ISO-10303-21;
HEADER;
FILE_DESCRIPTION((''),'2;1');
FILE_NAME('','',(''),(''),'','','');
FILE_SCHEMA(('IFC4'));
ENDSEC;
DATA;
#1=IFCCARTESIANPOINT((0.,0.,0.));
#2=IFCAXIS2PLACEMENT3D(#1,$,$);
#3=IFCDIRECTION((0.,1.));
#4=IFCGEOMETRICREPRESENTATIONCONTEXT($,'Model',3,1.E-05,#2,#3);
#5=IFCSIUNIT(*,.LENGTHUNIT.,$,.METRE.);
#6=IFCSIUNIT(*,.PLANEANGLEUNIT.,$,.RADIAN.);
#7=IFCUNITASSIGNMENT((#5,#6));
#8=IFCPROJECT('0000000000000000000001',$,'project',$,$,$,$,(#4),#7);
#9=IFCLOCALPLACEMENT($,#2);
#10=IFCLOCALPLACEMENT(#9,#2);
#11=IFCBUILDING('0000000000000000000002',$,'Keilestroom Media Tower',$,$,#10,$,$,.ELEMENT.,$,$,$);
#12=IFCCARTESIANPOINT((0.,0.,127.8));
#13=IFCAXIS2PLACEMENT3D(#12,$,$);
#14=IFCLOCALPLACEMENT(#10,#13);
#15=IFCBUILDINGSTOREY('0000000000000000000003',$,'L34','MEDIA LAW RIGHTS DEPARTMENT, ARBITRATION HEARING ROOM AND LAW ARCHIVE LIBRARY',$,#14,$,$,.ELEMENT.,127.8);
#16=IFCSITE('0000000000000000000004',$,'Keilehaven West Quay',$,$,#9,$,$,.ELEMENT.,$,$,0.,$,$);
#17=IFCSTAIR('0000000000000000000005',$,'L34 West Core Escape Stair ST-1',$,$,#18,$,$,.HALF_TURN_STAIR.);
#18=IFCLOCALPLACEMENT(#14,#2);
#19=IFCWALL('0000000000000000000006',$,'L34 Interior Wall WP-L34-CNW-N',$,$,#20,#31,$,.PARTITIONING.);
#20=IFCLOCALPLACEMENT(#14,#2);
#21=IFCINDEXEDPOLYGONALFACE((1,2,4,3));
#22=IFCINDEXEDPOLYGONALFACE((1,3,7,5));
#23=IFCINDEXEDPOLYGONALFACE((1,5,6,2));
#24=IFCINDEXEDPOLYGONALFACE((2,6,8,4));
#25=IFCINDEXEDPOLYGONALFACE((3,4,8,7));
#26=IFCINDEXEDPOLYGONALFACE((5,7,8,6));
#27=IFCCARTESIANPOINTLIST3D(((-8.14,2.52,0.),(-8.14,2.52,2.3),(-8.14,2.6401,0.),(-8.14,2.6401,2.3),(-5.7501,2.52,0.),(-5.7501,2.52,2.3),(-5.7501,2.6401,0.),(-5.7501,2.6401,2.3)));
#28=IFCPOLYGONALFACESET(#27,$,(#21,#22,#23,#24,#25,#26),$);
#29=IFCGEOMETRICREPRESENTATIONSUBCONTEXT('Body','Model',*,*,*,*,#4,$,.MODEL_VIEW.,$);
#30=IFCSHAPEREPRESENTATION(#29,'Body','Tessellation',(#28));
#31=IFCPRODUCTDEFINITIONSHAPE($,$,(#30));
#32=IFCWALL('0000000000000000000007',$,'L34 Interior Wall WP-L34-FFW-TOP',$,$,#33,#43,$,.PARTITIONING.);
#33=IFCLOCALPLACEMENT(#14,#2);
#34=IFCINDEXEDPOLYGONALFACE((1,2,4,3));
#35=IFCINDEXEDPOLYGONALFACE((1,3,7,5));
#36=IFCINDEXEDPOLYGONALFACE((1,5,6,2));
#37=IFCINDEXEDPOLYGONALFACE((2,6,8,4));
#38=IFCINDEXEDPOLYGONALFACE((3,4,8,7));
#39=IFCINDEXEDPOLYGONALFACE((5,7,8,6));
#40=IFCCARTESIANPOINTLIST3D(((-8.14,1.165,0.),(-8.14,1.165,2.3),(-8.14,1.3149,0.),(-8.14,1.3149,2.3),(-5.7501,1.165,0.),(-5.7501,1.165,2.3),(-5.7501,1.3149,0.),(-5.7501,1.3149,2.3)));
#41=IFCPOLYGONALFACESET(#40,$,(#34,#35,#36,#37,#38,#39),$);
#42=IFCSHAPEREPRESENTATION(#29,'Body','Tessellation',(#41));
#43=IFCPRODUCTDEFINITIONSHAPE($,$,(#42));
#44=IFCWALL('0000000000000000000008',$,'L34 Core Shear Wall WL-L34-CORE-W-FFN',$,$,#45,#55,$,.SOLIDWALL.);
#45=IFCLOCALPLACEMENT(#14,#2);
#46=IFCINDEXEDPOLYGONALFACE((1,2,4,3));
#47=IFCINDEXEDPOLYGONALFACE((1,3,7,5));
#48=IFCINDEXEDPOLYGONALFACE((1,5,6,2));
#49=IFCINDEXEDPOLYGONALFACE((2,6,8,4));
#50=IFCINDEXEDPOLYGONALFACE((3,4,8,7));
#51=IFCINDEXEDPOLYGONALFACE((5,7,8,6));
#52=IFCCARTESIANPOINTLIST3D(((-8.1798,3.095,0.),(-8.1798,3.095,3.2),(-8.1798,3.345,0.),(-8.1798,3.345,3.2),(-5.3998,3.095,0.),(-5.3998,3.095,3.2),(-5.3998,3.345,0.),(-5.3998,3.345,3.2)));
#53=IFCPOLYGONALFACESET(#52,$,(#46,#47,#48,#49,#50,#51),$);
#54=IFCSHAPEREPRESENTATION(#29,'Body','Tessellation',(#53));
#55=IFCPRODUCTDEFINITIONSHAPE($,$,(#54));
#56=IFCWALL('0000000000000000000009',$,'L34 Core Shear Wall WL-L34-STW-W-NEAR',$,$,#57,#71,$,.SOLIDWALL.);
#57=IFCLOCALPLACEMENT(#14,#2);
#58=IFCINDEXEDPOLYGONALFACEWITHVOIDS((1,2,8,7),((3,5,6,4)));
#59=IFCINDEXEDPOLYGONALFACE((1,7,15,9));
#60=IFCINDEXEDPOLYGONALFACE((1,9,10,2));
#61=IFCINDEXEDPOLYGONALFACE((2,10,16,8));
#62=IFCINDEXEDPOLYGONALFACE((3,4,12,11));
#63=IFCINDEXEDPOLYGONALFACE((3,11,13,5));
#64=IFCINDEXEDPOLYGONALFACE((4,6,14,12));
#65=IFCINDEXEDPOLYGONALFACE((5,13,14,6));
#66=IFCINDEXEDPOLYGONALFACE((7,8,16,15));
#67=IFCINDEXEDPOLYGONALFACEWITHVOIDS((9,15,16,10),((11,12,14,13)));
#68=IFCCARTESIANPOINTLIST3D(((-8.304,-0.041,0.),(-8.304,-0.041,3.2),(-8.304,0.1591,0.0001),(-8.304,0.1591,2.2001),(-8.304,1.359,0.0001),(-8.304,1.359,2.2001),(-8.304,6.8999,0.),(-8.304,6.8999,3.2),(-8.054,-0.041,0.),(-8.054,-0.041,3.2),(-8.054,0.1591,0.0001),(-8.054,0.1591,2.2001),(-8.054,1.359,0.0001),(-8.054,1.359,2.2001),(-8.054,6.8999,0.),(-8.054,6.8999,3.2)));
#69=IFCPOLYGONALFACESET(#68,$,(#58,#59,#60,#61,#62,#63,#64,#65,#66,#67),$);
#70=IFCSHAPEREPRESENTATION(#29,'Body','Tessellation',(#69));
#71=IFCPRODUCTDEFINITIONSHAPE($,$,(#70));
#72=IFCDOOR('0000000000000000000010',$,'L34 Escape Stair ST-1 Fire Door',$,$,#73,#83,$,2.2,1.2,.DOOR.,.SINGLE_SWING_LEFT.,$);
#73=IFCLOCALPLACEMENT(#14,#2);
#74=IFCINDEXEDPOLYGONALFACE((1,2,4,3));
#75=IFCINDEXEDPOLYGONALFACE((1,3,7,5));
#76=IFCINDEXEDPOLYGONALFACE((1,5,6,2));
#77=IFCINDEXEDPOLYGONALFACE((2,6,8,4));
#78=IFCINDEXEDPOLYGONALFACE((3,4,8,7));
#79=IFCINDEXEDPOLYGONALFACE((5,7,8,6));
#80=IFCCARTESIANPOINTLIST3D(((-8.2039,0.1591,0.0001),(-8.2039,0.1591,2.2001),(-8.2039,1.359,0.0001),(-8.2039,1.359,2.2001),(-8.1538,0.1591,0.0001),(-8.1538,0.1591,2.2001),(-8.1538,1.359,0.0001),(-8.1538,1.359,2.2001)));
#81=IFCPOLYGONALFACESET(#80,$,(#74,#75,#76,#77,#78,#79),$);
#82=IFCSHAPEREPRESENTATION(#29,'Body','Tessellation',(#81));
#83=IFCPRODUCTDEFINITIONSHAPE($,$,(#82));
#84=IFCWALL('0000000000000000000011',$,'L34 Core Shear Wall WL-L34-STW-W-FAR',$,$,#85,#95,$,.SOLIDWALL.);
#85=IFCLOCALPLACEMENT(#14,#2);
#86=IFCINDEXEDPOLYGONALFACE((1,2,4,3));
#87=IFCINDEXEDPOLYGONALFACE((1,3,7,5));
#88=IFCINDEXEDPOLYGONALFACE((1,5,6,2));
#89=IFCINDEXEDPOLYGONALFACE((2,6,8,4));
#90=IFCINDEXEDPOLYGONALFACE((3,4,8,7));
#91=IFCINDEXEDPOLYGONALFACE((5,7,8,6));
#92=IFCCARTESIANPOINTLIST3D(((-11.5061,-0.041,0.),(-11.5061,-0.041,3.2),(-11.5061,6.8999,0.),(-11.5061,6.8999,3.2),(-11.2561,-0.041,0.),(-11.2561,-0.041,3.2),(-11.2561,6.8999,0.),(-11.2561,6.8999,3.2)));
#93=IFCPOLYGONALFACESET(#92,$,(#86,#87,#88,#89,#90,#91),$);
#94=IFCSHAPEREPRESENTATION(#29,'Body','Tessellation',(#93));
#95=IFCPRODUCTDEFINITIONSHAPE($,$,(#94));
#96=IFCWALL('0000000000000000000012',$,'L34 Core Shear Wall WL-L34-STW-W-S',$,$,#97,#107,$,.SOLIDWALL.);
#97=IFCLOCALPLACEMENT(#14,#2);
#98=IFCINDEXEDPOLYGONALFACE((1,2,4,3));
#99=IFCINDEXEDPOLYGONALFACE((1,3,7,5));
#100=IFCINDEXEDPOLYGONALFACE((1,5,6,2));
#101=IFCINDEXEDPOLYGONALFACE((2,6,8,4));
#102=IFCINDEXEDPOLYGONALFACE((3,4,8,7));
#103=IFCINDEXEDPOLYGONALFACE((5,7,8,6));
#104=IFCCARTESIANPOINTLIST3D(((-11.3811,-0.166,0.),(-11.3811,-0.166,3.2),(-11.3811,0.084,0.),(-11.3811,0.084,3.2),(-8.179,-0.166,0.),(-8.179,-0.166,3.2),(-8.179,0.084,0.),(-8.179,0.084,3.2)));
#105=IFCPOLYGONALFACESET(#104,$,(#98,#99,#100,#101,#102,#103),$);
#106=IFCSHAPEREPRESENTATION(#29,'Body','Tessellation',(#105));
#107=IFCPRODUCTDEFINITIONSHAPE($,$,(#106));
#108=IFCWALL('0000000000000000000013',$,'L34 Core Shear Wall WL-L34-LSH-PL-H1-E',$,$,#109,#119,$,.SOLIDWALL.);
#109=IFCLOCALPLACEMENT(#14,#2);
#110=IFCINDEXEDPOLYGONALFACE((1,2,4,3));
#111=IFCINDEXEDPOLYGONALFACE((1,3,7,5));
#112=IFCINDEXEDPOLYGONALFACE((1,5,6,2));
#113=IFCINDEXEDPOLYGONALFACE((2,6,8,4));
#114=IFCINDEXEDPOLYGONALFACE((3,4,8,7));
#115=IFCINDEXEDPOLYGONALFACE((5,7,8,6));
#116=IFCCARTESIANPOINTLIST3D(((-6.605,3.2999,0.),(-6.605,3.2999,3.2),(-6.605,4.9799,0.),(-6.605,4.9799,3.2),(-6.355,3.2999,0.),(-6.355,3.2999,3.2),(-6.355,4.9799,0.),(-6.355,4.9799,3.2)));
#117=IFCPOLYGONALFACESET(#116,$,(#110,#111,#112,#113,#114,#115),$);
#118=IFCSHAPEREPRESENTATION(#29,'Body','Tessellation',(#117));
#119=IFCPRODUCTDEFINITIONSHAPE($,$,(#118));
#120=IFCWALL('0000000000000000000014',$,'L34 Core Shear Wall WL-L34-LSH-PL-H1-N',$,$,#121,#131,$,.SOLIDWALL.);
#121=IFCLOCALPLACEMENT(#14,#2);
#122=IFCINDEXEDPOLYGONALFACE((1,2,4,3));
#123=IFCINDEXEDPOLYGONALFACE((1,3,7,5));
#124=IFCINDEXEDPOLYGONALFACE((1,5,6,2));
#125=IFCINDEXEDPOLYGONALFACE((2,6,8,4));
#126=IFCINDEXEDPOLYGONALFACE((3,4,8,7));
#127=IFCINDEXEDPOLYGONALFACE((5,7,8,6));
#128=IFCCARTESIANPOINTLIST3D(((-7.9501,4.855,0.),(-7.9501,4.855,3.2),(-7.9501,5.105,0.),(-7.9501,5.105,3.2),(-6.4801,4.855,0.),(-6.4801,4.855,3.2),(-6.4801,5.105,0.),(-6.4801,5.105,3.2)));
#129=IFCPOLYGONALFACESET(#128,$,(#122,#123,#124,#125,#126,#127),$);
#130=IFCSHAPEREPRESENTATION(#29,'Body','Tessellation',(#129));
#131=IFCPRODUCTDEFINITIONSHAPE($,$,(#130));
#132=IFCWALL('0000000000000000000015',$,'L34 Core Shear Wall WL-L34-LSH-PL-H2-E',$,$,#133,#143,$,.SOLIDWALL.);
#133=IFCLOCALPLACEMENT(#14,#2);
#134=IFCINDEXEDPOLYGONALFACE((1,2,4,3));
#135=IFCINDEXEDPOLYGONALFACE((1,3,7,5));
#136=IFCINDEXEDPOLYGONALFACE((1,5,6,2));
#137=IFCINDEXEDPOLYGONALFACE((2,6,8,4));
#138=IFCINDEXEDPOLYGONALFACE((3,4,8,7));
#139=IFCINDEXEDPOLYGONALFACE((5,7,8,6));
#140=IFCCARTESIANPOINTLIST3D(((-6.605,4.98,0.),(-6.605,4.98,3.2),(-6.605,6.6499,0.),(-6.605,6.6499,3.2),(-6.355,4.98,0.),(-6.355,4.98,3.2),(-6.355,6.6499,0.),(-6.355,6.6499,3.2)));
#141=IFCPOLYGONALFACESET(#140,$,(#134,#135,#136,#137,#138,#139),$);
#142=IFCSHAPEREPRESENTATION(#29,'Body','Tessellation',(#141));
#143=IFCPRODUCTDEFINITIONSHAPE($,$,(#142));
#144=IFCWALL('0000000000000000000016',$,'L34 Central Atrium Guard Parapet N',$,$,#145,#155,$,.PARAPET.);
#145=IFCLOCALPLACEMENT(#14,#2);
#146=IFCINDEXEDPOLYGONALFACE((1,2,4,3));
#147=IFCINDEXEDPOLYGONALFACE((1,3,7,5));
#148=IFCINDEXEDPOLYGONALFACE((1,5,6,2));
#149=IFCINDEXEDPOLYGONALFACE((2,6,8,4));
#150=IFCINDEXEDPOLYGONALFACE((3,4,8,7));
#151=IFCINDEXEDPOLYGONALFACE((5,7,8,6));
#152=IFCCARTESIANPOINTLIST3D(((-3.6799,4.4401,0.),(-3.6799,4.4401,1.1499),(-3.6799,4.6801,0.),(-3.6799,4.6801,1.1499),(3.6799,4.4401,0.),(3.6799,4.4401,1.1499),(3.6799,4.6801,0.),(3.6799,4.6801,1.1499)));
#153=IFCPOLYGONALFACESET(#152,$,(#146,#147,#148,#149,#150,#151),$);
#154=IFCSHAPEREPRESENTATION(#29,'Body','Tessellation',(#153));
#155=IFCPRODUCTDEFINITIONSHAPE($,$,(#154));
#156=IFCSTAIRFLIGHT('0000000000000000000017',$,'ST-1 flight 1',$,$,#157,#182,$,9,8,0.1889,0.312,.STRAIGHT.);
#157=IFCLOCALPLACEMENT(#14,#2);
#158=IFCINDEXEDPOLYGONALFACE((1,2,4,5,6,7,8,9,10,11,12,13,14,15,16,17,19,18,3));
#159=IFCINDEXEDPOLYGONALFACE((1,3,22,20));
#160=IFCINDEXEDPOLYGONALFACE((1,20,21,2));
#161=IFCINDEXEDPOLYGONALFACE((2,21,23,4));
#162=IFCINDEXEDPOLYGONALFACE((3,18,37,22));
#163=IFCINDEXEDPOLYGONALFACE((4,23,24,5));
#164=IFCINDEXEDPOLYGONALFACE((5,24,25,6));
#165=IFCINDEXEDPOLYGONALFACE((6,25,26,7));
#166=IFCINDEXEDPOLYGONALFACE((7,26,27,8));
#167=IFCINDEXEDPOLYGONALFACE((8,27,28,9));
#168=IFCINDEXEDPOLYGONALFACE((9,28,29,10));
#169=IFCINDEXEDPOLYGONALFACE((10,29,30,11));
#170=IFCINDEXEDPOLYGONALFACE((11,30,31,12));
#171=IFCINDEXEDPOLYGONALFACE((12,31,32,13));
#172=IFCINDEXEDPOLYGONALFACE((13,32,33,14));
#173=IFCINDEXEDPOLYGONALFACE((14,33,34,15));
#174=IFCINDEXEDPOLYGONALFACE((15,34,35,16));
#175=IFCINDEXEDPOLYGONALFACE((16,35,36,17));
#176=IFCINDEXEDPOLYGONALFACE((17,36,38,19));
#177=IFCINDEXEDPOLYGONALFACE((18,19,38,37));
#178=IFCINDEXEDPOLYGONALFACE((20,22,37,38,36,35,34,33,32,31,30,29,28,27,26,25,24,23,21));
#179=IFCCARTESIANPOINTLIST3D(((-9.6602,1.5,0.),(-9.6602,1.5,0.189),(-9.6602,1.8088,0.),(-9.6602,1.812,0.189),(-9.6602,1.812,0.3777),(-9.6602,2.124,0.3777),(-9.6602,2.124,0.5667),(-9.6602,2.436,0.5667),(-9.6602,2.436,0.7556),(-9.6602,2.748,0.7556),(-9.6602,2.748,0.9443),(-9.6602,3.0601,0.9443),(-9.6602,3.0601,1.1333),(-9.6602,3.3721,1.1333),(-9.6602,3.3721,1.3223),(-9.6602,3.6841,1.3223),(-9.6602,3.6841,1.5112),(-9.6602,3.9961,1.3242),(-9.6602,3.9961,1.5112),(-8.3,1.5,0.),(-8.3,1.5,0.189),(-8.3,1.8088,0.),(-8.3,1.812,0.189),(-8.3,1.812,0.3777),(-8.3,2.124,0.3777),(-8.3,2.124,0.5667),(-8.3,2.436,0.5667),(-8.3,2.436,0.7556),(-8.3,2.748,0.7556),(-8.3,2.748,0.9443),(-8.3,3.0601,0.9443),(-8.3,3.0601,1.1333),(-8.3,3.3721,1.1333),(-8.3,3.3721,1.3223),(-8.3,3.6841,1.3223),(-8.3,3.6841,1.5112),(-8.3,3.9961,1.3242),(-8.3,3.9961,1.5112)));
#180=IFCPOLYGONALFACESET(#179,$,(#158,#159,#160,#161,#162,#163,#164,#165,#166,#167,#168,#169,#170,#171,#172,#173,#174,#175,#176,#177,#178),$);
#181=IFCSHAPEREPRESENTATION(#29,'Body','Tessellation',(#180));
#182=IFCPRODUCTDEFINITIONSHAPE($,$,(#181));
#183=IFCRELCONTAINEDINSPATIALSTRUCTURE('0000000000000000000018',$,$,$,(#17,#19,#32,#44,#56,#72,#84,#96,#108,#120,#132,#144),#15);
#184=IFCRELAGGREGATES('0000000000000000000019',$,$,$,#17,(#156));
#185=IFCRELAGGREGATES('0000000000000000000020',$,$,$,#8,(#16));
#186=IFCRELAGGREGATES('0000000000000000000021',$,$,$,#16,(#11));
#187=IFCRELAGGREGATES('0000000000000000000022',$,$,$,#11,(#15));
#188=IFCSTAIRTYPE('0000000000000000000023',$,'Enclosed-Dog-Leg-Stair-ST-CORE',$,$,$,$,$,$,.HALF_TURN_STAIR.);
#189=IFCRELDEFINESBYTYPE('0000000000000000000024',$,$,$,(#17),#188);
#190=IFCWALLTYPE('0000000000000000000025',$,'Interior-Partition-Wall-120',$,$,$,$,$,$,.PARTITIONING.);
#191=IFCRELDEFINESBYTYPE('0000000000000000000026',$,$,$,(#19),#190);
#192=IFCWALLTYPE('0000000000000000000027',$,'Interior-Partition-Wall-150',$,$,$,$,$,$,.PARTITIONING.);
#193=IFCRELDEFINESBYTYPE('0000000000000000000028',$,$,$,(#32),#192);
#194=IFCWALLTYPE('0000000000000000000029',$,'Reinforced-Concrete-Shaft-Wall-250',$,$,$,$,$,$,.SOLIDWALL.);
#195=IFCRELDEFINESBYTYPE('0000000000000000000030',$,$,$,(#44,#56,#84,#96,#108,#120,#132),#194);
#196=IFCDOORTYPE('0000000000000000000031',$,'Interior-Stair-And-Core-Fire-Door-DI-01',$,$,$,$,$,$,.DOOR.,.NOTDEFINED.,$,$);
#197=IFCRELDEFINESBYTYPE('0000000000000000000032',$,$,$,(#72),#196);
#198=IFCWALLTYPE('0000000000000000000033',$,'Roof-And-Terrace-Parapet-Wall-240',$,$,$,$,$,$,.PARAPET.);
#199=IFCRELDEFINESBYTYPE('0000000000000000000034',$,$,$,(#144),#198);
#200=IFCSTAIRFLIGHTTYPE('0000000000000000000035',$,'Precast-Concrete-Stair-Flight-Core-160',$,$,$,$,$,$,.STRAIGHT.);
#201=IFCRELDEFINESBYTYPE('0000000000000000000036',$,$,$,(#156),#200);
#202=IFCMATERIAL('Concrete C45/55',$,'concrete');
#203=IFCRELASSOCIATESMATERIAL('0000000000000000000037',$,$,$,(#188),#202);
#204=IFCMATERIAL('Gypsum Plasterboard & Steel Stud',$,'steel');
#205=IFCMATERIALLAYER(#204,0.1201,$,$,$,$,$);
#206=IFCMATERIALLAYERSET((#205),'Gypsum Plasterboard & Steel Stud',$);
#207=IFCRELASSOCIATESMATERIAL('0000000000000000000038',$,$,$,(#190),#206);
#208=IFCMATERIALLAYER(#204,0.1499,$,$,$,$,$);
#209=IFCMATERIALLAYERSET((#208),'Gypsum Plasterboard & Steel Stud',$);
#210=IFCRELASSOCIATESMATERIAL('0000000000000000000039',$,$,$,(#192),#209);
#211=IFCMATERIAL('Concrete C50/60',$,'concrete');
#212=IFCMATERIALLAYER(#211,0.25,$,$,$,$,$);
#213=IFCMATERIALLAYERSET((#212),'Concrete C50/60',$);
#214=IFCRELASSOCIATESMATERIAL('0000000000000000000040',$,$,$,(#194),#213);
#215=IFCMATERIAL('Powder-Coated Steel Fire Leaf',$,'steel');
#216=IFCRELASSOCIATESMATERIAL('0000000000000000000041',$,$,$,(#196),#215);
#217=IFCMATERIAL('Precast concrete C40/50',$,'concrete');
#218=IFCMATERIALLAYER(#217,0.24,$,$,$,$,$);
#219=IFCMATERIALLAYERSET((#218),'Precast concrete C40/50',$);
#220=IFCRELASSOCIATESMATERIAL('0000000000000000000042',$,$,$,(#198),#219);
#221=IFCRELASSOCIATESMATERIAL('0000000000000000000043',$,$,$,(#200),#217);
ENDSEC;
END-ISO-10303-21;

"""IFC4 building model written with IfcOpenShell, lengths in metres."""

from ifc_helpers import new_model, si_unit, direction, frame, frame_2d, origin, place, context, subcontext, project, spatial, polyline, rectangle, outline, extrude, source, transform, mapped, material, layer, layer_set, type_object, element, fill, aggregate, save


model = new_model("IFC4")

# Units and contexts
model_context = context("Model", 3, precision=1e-05, world=origin(), true_north=direction((0.0, 1.0)))
body_context = subcontext(model_context, "Body", "Model", "MODEL_VIEW")
ifc_project = project(units=[si_unit("LENGTHUNIT", "METRE"), si_unit("PLANEANGLEUNIT", "RADIAN")], contexts=[model_context])

# Site, building, storey
site_placement = place(None, origin())
site = spatial("IfcSite", under=ifc_project, at=site_placement, Name="Keilehaven West Quay", CompositionType="ELEMENT", RefElevation=0.0)
building_placement = place(site_placement, origin())
building = spatial("IfcBuilding", under=site, at=building_placement, Name="Keilestroom Media Tower", CompositionType="ELEMENT")
storey_placement = place(building_placement, frame((0.0, 0.0, 127.8)))
storey = spatial("IfcBuildingStorey", under=building, at=storey_placement, Name="L34", Description="MEDIA LAW RIGHTS DEPARTMENT, ARBITRATION HEARING ROOM AND LAW ARCHIVE LIBRARY", CompositionType="ELEMENT", Elevation=127.8)

# Shared definitions
ifc_material_1 = material(Name="Concrete C50/60", Category="concrete")

# Stair
ifc_material_2 = material(Name="Concrete C45/55", Category="concrete")
stair_type = type_object("IfcStairType", Name="Enclosed-Dog-Leg-Stair-ST-CORE", PredefinedType="HALF_TURN_STAIR", material=ifc_material_2)
stair_1_placement = place(storey_placement, origin())
stair_1 = element("IfcStair", 1, at=stair_1_placement, inside=storey, type_object=stair_type, Name="L34 West Core Escape Stair ST-1", PredefinedType="HALF_TURN_STAIR")

# Walls
ifc_material_3 = material(Name="Gypsum Plasterboard & Steel Stud", Category="steel")
ifc_layer_1 = layer(ifc_material_3, 0.1201)
ifc_layer_set_1 = layer_set([ifc_layer_1], Name="Gypsum Plasterboard & Steel Stud")
wall_type_1 = type_object("IfcWallType", Name="Interior-Partition-Wall-120", PredefinedType="PARTITIONING", material=ifc_layer_set_1)
wall_1_placement = place(storey_placement, frame((-8.1399, 2.5801, 0.0), z_axis=(0.0, 0.0, 1.0), x_axis=(1.0, 0.0, 0.0)))
element("IfcWall", 2, at=wall_1_placement, inside=storey, type_object=wall_type_1, Name="L34 Interior Wall WP-L34-CNW-N", PredefinedType="PARTITIONING", context=body_context, shape_type="SweptSolid", body=[
    extrude(rectangle(XDim=2.3899, YDim=0.1201, at=frame_2d((1.1948, 0.0))), origin(), (0.0, 0.0, 1.0), 2.3),
])
ifc_layer_2 = layer(ifc_material_3, 0.1499)
ifc_layer_set_2 = layer_set([ifc_layer_2], Name="Gypsum Plasterboard & Steel Stud")
wall_type_2 = type_object("IfcWallType", Name="Interior-Partition-Wall-150", PredefinedType="PARTITIONING", material=ifc_layer_set_2)
wall_2_placement = place(storey_placement, frame((-8.1399, 1.24, 0.0), z_axis=(0.0, 0.0, 1.0), x_axis=(1.0, 0.0, 0.0)))
element("IfcWall", 3, at=wall_2_placement, inside=storey, type_object=wall_type_2, Name="L34 Interior Wall WP-L34-FFW-TOP", PredefinedType="PARTITIONING", context=body_context, shape_type="SweptSolid", body=[
    extrude(rectangle(XDim=2.3899, YDim=0.1499, at=frame_2d((1.1948, 0.0))), origin(), (0.0, 0.0, 1.0), 2.3),
])
ifc_layer_3 = layer(ifc_material_1, 0.25)
ifc_layer_set_3 = layer_set([ifc_layer_3], Name="Concrete C50/60")
wall_type_3 = type_object("IfcWallType", Name="Reinforced-Concrete-Shaft-Wall-250", PredefinedType="SOLIDWALL", material=ifc_layer_set_3)
wall_3_placement = place(storey_placement, frame((-8.1799, 3.22, 0.0), z_axis=(0.0, 0.0, 1.0), x_axis=(1.0, 0.0, 0.0)))
element("IfcWall", 4, at=wall_3_placement, inside=storey, type_object=wall_type_3, Name="L34 Core Shear Wall WL-L34-CORE-W-FFN", PredefinedType="SOLIDWALL", context=body_context, shape_type="SweptSolid", body=[
    extrude(rectangle(XDim=2.78, YDim=0.25, at=frame_2d((1.3901, 0.0))), origin(), (0.0, 0.0, 1.0), 3.2),
])

# Wall, opening, door
wall_4_placement = place(storey_placement, frame((-8.179, -0.041, 0.0), z_axis=(0.0, 0.0, 1.0), x_axis=(0.0, 1.0, 0.0)))
wall_4 = element("IfcWall", 5, at=wall_4_placement, inside=storey, type_object=wall_type_3, Name="L34 Core Shear Wall WL-L34-STW-W-NEAR", PredefinedType="SOLIDWALL", context=body_context, shape_type="SweptSolid", body=[
    extrude(rectangle(XDim=6.9409, YDim=0.25, at=frame_2d((3.4705, 0.0))), origin(), (0.0, 0.0, 1.0), 3.2),
])
opening_placement = place(wall_4_placement, frame((0.2, 0.0, 0.0)))
opening = element("IfcOpeningElement", 6, at=opening_placement, cuts=wall_4, PredefinedType="OPENING", context=body_context, shape_type="SweptSolid", body=[
    extrude(rectangle(XDim=1.2, YDim=2.2, at=frame_2d((0.6001, 1.1001))), frame((0.0, 0.135, 0.0), z_axis=(0.0, -1.0, 0.0), x_axis=(1.0, 0.0, 0.0)), (0.0, 0.0, 1.0), 0.27),
])
ifc_material_4 = material(Name="Powder-Coated Steel Fire Leaf", Category="steel")
door_type = type_object("IfcDoorType", Name="Interior-Stair-And-Core-Fire-Door-DI-01", OperationType="NOTDEFINED", PredefinedType="DOOR", material=ifc_material_4)
shared_shape_1 = source(origin(), body_context, "Body", "SweptSolid", [
    extrude(rectangle(XDim=1.2, YDim=2.2, at=frame_2d((0.6001, 1.1001))), frame((0.0, 0.0249, 0.0), z_axis=(0.0, -1.0, 0.0), x_axis=(1.0, 0.0, 0.0)), (0.0, 0.0, 1.0), 0.05),
])
door_placement = place(opening_placement, origin())
door = element("IfcDoor", 7, at=door_placement, inside=storey, type_object=door_type, Name="L34 Escape Stair ST-1 Fire Door", OperationType="SINGLE_SWING_LEFT", OverallHeight=2.2, OverallWidth=1.2, PredefinedType="DOOR", context=body_context, shape_type="MappedRepresentation", body=[
    mapped(shared_shape_1, transform((0.0, 0.0, 0.0), x_axis=(1.0, 0.0, 0.0), y_axis=(0.0, 1.0, 0.0), z_axis=(0.0, 0.0, 1.0), scale=1.0)),
])
fill(opening, door)

# Walls
wall_5_placement = place(storey_placement, frame((-11.3811, -0.041, 0.0), z_axis=(0.0, 0.0, 1.0), x_axis=(0.0, 1.0, 0.0)))
element("IfcWall", 8, at=wall_5_placement, inside=storey, type_object=wall_type_3, Name="L34 Core Shear Wall WL-L34-STW-W-FAR", PredefinedType="SOLIDWALL", context=body_context, shape_type="SweptSolid", body=[
    extrude(rectangle(XDim=6.9409, YDim=0.25, at=frame_2d((3.4705, 0.0))), origin(), (0.0, 0.0, 1.0), 3.2),
])
wall_6_placement = place(storey_placement, frame((-11.3811, -0.041, 0.0), z_axis=(0.0, 0.0, 1.0), x_axis=(1.0, 0.0, 0.0)))
element("IfcWall", 9, at=wall_6_placement, inside=storey, type_object=wall_type_3, Name="L34 Core Shear Wall WL-L34-STW-W-S", PredefinedType="SOLIDWALL", context=body_context, shape_type="SweptSolid", body=[
    extrude(rectangle(XDim=3.2021, YDim=0.25, at=frame_2d((1.6011, 0.0))), origin(), (0.0, 0.0, 1.0), 3.2),
])
wall_7_placement = place(storey_placement, frame((-6.48, 3.3, 0.0), z_axis=(0.0, 0.0, 1.0), x_axis=(0.0, 1.0, 0.0)))
element("IfcWall", 10, at=wall_7_placement, inside=storey, type_object=wall_type_3, Name="L34 Core Shear Wall WL-L34-LSH-PL-H1-E", PredefinedType="SOLIDWALL", context=body_context, shape_type="SweptSolid", body=[
    extrude(rectangle(XDim=1.6799, YDim=0.25, at=frame_2d((0.8398, 0.0))), origin(), (0.0, 0.0, 1.0), 3.2),
])
wall_8_placement = place(storey_placement, frame((-7.95, 4.98, 0.0), z_axis=(0.0, 0.0, 1.0), x_axis=(1.0, 0.0, 0.0)))
element("IfcWall", 11, at=wall_8_placement, inside=storey, type_object=wall_type_3, Name="L34 Core Shear Wall WL-L34-LSH-PL-H1-N", PredefinedType="SOLIDWALL", context=body_context, shape_type="SweptSolid", body=[
    extrude(rectangle(XDim=1.47, YDim=0.25, at=frame_2d((0.7349, 0.0))), origin(), (0.0, 0.0, 1.0), 3.2),
])
wall_9_placement = place(storey_placement, frame((-6.48, 4.98, 0.0), z_axis=(0.0, 0.0, 1.0), x_axis=(0.0, 1.0, 0.0)))
element("IfcWall", 12, at=wall_9_placement, inside=storey, type_object=wall_type_3, Name="L34 Core Shear Wall WL-L34-LSH-PL-H2-E", PredefinedType="SOLIDWALL", context=body_context, shape_type="SweptSolid", body=[
    extrude(rectangle(XDim=1.6699, YDim=0.25, at=frame_2d((0.835, 0.0))), origin(), (0.0, 0.0, 1.0), 3.2),
])
ifc_material_5 = material(Name="Precast concrete C40/50", Category="concrete")
ifc_layer_4 = layer(ifc_material_5, 0.24)
ifc_layer_set_4 = layer_set([ifc_layer_4], Name="Precast concrete C40/50")
wall_type_4 = type_object("IfcWallType", Name="Roof-And-Terrace-Parapet-Wall-240", PredefinedType="PARAPET", material=ifc_layer_set_4)
wall_10_placement = place(storey_placement, frame((-3.6799, 4.5601, 0.0), z_axis=(0.0, 0.0, 1.0), x_axis=(1.0, 0.0, 0.0)))
element("IfcWall", 13, at=wall_10_placement, inside=storey, type_object=wall_type_4, Name="L34 Central Atrium Guard Parapet N", PredefinedType="PARAPET", context=body_context, shape_type="SweptSolid", body=[
    extrude(rectangle(XDim=7.3599, YDim=0.24, at=frame_2d((3.6799, 0.0))), origin(), (0.0, 0.0, 1.0), 1.1499),
])

# Stair flight
stair_flight_type = type_object("IfcStairFlightType", Name="Precast-Concrete-Stair-Flight-Core-160", PredefinedType="STRAIGHT", material=ifc_material_5)
stair_flight_1_placement = place(storey_placement, frame((-8.98, 1.5, 0.0), z_axis=(0.0, 0.0, 1.0), x_axis=(0.0, 1.0, 0.0)))
stair_flight_1 = element("IfcStairFlight", 14, at=stair_flight_1_placement, type_object=stair_flight_type, Name="ST-1 flight 1", NumberOfRisers=9, NumberOfTreads=8, PredefinedType="STRAIGHT", RiserHeight=0.1889, TreadLength=0.312, context=body_context, shape_type="SweptSolid", body=[
    extrude(outline(polyline([(0.0, 0.0), (0.0, 0.189), (0.312, 0.189), (0.312, 0.3777), (0.624, 0.3777), (0.624, 0.5667), (0.936, 0.5667), (0.936, 0.7556), (1.248, 0.7556), (1.248, 0.9443), (1.5601, 0.9443), (1.5601, 1.1333), (1.8721, 1.1333), (1.8721, 1.3223), (2.1841, 1.3223), (2.1841, 1.5112), (2.4961, 1.5112), (2.4961, 1.7), (2.4961, 1.3242), (0.3088, 0.0), (0.0, 0.0)])), frame((0.0, 0.6802, 0.0), z_axis=(0.0, -1.0, 0.0), x_axis=(1.0, 0.0, 0.0)), (0.0, 0.0, 1.0), 1.3601),
])
aggregate(stair_1, [stair_flight_1])

save(model, "model.ifc")
